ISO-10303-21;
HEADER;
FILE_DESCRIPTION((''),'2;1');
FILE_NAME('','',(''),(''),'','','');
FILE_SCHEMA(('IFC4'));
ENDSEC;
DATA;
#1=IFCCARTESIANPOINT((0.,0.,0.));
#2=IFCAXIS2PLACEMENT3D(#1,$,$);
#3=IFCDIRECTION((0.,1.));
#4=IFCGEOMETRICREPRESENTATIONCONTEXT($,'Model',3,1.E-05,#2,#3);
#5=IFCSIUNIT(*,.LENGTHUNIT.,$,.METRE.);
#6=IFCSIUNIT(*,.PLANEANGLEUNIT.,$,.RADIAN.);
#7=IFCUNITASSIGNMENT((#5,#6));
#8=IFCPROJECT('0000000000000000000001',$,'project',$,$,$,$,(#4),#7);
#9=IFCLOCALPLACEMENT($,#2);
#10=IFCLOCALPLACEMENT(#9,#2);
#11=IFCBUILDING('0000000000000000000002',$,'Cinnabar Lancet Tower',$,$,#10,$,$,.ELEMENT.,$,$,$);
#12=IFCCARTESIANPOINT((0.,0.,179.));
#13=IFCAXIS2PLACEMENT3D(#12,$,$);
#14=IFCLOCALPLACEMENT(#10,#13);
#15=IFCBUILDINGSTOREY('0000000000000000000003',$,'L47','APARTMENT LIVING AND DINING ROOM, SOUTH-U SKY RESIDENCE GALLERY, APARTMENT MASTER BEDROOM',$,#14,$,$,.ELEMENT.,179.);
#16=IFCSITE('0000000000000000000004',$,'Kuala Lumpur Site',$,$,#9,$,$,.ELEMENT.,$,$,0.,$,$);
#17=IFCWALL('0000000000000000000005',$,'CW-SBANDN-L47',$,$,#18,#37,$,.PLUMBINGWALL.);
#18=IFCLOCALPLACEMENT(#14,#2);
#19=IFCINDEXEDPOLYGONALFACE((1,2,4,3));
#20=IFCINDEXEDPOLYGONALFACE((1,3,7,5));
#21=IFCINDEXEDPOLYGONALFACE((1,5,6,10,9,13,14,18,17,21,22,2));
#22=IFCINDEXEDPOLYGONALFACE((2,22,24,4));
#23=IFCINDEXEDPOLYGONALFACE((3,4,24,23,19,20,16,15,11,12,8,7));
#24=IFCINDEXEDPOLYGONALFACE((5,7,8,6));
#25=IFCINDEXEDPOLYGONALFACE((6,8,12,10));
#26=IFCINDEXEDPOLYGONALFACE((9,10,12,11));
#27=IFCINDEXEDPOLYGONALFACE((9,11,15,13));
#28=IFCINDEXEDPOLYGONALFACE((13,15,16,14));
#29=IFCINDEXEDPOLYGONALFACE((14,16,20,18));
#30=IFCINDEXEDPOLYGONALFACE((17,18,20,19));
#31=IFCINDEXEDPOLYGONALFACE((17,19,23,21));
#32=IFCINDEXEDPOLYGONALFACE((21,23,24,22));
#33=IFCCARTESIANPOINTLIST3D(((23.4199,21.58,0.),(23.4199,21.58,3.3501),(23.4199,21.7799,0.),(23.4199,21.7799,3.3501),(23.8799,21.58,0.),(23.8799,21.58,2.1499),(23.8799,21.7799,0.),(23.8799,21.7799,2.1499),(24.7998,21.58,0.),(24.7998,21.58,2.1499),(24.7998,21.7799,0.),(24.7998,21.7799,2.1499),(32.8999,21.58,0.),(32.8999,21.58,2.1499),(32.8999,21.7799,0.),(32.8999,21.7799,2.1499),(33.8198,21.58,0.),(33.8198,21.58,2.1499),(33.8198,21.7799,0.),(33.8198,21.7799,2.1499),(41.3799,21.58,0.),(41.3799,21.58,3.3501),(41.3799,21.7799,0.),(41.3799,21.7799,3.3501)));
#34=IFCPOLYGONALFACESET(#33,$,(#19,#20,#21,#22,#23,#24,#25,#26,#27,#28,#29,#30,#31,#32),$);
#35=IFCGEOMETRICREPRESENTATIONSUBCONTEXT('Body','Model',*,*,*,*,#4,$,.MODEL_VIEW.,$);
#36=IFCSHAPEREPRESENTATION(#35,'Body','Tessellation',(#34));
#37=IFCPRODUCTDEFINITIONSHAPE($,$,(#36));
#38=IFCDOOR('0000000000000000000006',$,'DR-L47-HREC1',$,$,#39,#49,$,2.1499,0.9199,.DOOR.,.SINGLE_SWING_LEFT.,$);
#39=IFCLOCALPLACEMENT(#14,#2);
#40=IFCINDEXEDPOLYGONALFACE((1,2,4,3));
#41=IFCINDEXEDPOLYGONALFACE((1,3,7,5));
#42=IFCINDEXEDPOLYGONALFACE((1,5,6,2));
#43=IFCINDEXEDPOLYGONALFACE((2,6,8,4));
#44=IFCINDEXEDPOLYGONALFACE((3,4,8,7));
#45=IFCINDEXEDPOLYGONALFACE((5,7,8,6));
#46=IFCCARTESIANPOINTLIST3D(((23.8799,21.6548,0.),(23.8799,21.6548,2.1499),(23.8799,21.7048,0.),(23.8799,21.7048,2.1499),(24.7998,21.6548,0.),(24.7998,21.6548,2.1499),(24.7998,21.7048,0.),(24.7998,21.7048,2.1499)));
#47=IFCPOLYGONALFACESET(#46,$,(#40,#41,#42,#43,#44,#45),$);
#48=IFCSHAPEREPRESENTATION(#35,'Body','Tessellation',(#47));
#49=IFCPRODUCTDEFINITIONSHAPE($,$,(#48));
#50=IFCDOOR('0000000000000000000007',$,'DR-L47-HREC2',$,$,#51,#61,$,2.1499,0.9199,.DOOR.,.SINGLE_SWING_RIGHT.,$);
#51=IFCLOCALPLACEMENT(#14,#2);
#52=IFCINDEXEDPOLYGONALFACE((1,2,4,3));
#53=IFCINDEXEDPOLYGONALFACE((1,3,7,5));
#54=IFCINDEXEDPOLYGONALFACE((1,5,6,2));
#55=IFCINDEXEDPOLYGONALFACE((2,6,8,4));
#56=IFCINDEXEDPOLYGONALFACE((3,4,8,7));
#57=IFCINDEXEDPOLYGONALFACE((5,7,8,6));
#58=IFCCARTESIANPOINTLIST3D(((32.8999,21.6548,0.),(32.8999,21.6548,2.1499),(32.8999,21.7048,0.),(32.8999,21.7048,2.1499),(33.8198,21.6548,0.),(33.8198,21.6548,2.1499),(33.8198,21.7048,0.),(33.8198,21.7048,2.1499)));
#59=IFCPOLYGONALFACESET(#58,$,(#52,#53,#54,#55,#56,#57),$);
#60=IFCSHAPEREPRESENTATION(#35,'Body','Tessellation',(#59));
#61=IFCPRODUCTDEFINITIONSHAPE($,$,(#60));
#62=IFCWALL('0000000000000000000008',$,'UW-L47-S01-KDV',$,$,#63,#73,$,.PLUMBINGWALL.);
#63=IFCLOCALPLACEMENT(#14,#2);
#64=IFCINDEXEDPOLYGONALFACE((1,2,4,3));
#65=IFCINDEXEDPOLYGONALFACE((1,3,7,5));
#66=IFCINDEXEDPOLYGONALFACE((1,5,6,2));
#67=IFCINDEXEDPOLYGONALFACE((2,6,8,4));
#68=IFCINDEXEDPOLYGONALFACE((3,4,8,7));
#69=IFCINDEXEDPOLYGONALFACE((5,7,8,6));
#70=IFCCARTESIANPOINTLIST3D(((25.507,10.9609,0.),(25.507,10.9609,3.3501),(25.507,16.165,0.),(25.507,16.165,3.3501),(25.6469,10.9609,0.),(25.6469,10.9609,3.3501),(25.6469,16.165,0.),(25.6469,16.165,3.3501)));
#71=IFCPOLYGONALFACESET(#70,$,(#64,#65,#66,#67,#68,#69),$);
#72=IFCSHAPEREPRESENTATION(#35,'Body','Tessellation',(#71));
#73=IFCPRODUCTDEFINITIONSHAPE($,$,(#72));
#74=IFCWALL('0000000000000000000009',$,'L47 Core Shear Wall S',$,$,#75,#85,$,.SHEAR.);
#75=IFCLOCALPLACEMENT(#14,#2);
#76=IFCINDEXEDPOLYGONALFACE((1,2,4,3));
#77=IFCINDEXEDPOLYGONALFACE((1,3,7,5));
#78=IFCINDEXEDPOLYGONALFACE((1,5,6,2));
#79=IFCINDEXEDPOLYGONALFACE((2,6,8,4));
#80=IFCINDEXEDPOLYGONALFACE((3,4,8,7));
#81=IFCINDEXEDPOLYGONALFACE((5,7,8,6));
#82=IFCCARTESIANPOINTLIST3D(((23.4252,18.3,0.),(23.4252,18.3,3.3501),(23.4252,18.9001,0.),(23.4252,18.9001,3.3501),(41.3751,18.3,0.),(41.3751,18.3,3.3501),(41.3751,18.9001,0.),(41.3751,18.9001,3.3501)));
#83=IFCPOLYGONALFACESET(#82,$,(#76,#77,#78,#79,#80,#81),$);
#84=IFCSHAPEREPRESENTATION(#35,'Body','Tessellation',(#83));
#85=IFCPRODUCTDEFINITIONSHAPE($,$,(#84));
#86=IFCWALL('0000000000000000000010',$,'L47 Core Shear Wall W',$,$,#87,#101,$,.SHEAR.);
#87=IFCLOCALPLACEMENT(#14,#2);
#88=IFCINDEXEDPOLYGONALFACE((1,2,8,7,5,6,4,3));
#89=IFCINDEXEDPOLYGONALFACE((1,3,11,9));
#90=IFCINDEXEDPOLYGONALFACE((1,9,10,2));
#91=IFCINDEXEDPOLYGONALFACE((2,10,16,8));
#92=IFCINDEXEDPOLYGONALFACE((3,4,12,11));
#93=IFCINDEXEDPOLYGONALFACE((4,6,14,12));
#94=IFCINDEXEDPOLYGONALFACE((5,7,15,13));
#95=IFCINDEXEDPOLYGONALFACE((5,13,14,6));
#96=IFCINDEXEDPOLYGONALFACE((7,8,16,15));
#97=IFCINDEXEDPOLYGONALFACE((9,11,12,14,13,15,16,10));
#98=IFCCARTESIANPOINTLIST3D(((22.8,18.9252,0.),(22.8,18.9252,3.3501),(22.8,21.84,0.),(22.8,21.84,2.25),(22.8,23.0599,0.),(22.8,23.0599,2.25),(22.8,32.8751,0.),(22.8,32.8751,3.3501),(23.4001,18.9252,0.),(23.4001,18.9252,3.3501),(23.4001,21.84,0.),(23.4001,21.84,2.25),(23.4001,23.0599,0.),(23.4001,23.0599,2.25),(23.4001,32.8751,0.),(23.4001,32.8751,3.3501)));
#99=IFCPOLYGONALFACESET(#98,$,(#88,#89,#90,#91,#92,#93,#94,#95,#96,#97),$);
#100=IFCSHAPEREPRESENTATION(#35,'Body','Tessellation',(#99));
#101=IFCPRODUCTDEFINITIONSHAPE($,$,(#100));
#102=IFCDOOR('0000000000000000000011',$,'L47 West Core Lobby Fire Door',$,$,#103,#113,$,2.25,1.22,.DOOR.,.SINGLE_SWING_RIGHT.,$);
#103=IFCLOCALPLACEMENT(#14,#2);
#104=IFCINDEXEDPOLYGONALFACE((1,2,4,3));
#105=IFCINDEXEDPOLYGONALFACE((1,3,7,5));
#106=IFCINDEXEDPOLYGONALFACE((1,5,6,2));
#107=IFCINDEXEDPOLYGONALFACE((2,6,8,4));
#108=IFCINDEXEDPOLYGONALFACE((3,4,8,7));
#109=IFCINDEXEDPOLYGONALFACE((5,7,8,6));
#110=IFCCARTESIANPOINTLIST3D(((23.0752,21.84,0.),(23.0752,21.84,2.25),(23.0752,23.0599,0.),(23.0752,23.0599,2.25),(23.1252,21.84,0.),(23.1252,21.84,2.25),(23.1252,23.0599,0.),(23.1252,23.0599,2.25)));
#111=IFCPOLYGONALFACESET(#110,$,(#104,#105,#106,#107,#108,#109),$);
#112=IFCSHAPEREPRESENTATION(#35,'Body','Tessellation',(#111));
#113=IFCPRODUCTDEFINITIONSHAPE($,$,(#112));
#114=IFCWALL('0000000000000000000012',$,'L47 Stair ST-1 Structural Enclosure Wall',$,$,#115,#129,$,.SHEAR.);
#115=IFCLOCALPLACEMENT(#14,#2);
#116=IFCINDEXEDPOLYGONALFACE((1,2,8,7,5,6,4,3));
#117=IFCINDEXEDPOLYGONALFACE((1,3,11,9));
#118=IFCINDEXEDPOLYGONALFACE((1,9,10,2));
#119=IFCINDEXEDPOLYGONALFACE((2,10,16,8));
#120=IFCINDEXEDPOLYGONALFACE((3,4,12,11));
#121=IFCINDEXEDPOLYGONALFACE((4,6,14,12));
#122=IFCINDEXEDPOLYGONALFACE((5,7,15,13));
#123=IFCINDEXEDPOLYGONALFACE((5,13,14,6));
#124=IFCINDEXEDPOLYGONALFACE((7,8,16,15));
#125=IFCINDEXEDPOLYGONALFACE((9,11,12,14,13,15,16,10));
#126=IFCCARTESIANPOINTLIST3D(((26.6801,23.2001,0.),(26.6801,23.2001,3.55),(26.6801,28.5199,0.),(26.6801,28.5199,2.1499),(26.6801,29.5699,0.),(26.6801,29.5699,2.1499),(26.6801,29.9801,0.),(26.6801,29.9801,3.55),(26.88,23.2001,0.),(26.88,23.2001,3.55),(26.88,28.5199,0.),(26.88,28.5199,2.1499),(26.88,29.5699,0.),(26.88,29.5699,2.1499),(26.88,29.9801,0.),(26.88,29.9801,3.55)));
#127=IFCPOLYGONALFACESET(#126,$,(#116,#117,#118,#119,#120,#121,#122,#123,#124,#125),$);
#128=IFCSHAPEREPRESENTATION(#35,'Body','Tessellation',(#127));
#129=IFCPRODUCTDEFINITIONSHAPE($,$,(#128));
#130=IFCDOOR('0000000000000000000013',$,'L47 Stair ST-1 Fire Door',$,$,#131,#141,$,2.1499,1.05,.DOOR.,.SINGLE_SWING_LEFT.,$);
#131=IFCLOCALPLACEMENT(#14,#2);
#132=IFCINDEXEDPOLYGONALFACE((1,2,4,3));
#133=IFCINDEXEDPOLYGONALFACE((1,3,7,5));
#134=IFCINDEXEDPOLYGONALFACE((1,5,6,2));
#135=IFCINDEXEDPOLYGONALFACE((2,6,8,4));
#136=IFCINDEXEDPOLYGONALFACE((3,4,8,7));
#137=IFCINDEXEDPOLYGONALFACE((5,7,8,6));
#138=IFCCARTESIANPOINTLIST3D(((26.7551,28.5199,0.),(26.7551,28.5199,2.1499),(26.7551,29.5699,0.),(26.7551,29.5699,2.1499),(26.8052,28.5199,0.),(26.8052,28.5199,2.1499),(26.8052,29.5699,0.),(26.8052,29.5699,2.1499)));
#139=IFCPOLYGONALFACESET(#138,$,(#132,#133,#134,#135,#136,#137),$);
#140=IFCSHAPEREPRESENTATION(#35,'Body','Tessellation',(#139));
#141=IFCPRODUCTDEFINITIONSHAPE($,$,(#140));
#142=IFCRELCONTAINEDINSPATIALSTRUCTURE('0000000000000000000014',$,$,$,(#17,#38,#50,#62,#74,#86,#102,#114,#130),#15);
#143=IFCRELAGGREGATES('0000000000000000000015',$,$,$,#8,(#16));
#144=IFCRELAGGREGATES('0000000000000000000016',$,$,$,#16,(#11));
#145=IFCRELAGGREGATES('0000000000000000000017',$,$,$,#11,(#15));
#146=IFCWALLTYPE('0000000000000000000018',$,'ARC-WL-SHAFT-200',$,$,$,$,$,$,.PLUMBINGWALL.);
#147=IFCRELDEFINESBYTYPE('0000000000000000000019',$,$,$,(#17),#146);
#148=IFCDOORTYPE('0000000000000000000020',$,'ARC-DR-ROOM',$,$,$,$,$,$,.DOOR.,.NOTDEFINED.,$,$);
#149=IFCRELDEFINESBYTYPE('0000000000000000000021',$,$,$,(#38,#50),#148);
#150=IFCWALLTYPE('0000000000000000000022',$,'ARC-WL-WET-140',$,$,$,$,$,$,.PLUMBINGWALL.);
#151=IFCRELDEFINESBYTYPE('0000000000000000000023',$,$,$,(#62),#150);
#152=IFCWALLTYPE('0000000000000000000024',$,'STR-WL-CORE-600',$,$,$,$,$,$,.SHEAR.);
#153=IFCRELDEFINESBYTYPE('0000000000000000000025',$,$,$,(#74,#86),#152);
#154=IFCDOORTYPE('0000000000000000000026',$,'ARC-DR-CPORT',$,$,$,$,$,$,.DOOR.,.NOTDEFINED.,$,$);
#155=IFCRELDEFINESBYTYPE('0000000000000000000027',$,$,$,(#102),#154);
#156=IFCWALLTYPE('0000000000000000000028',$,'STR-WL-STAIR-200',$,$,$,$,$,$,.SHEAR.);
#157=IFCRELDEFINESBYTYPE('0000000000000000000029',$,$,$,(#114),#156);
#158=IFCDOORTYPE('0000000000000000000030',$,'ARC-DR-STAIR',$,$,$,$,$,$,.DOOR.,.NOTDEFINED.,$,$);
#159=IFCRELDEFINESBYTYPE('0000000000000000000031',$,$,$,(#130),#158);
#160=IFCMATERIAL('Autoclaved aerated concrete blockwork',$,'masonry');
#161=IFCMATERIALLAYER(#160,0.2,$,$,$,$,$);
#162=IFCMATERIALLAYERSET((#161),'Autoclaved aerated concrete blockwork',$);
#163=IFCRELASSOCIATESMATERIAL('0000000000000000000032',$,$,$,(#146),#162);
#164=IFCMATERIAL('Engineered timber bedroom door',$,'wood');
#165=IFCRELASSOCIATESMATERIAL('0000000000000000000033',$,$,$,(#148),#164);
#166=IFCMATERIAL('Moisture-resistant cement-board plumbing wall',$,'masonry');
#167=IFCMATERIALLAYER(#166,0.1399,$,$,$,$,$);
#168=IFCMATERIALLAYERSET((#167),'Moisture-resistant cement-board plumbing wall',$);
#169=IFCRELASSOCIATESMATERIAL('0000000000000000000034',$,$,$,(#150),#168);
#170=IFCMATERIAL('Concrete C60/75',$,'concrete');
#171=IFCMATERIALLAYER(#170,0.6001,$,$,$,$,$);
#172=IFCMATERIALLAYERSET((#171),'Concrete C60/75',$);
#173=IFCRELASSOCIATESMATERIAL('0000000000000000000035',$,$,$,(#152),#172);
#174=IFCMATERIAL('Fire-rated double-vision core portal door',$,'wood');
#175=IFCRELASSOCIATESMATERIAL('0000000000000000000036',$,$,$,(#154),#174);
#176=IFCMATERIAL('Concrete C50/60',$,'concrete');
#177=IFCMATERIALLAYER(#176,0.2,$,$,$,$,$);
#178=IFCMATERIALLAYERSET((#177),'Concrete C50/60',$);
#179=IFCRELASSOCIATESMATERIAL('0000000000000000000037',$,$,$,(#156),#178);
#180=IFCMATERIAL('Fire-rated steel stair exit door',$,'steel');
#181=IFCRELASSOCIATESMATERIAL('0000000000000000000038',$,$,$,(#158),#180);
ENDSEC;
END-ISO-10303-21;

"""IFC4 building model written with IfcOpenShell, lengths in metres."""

from ifc_helpers import new_model, si_unit, direction, frame, frame_2d, origin, place, context, subcontext, project, spatial, rectangle, extrude, material, layer, layer_set, type_object, element, fill, save


model = new_model("IFC4")

# Units and contexts
model_context = context("Model", 3, precision=1e-05, world=origin(), true_north=direction((0.0, 1.0)))
body_context = subcontext(model_context, "Body", "Model", "MODEL_VIEW")
ifc_project = project(units=[si_unit("LENGTHUNIT", "METRE"), si_unit("PLANEANGLEUNIT", "RADIAN")], contexts=[model_context])

# Site, building, storey
site_placement = place(None, origin())
site = spatial("IfcSite", under=ifc_project, at=site_placement, Name="Kuala Lumpur Site", CompositionType="ELEMENT", RefElevation=0.0)
building_placement = place(site_placement, origin())
building = spatial("IfcBuilding", under=site, at=building_placement, Name="Cinnabar Lancet Tower", CompositionType="ELEMENT")
storey_placement = place(building_placement, frame((0.0, 0.0, 179.0)))
storey = spatial("IfcBuildingStorey", under=building, at=storey_placement, Name="L47", Description="APARTMENT LIVING AND DINING ROOM, SOUTH-U SKY RESIDENCE GALLERY, APARTMENT MASTER BEDROOM", CompositionType="ELEMENT", Elevation=179.0)

# Shared definitions
ifc_material_1 = material(Name="Autoclaved aerated concrete blockwork", Category="masonry")
ifc_layer_1 = layer(ifc_material_1, 0.2)
ifc_layer_set_1 = layer_set([ifc_layer_1], Name="Autoclaved aerated concrete blockwork")
wall_type_1 = type_object("IfcWallType", Name="ARC-WL-SHAFT-200", PredefinedType="PLUMBINGWALL", material=ifc_layer_set_1)

# Wall, openings, doors
wall_1_placement = place(storey_placement, frame((23.4199, 21.6799, 0.0), z_axis=(0.0, 0.0, 1.0), x_axis=(1.0, 0.0, 0.0)))
wall_1 = element("IfcWall", 1, at=wall_1_placement, inside=storey, type_object=wall_type_1, Name="CW-SBANDN-L47", PredefinedType="PLUMBINGWALL", context=body_context, shape_type="SweptSolid", body=[
    extrude(rectangle(XDim=17.96, YDim=0.2, at=frame_2d((8.98, 0.0))), origin(), (0.0, 0.0, 1.0), 3.3501),
])
opening_1_placement = place(wall_1_placement, frame((0.46, 0.0, 0.0)))
opening_1 = element("IfcOpeningElement", 2, at=opening_1_placement, cuts=wall_1, PredefinedType="OPENING", context=body_context, shape_type="SweptSolid", body=[
    extrude(rectangle(XDim=0.9199, YDim=2.1499, at=frame_2d((0.46, 1.075))), frame((0.0, 0.1099, 0.0), z_axis=(0.0, -1.0, 0.0), x_axis=(1.0, 0.0, 0.0)), (0.0, 0.0, 1.0), 0.22),
])
opening_2_placement = place(wall_1_placement, frame((9.48, 0.0, 0.0)))
opening_2 = element("IfcOpeningElement", 3, at=opening_2_placement, cuts=wall_1, PredefinedType="OPENING", context=body_context, shape_type="SweptSolid", body=[
    extrude(rectangle(XDim=0.9199, YDim=2.1499, at=frame_2d((0.46, 1.075))), frame((0.0, 0.1099, 0.0), z_axis=(0.0, -1.0, 0.0), x_axis=(1.0, 0.0, 0.0)), (0.0, 0.0, 1.0), 0.22),
])
ifc_material_2 = material(Name="Engineered timber bedroom door", Category="wood")
door_type_1 = type_object("IfcDoorType", Name="ARC-DR-ROOM", OperationType="NOTDEFINED", PredefinedType="DOOR", material=ifc_material_2)
door_1_placement = place(opening_1_placement, origin())
door_1 = element("IfcDoor", 4, at=door_1_placement, inside=storey, type_object=door_type_1, Name="DR-L47-HREC1", OperationType="SINGLE_SWING_LEFT", OverallHeight=2.1499, OverallWidth=0.9199, PredefinedType="DOOR", context=body_context, shape_type="SweptSolid", body=[
    extrude(rectangle(XDim=0.9199, YDim=2.1499, at=frame_2d((0.46, 1.075))), frame((0.0, 0.0249, 0.0), z_axis=(0.0, -1.0, 0.0), x_axis=(1.0, 0.0, 0.0)), (0.0, 0.0, 1.0), 0.05),
])
fill(opening_1, door_1)
door_2_placement = place(opening_2_placement, origin())
door_2 = element("IfcDoor", 5, at=door_2_placement, inside=storey, type_object=door_type_1, Name="DR-L47-HREC2", OperationType="SINGLE_SWING_RIGHT", OverallHeight=2.1499, OverallWidth=0.9199, PredefinedType="DOOR", context=body_context, shape_type="SweptSolid", body=[
    extrude(rectangle(XDim=0.9199, YDim=2.1499, at=frame_2d((0.46, 1.075))), frame((0.0, 0.0249, 0.0), z_axis=(0.0, -1.0, 0.0), x_axis=(1.0, 0.0, 0.0)), (0.0, 0.0, 1.0), 0.05),
])
fill(opening_2, door_2)

# Walls
ifc_material_3 = material(Name="Moisture-resistant cement-board plumbing wall", Category="masonry")
ifc_layer_2 = layer(ifc_material_3, 0.1399)
ifc_layer_set_2 = layer_set([ifc_layer_2], Name="Moisture-resistant cement-board plumbing wall")
wall_type_2 = type_object("IfcWallType", Name="ARC-WL-WET-140", PredefinedType="PLUMBINGWALL", material=ifc_layer_set_2)
wall_2_placement = place(storey_placement, frame((25.5769, 10.9609, 0.0), z_axis=(0.0, 0.0, 1.0), x_axis=(0.0, 1.0, 0.0)))
element("IfcWall", 6, at=wall_2_placement, inside=storey, type_object=wall_type_2, Name="UW-L47-S01-KDV", PredefinedType="PLUMBINGWALL", context=body_context, shape_type="SweptSolid", body=[
    extrude(rectangle(XDim=5.2041, YDim=0.1399, at=frame_2d((2.6021, 0.0))), origin(), (0.0, 0.0, 1.0), 3.3501),
])
ifc_material_4 = material(Name="Concrete C60/75", Category="concrete")
ifc_layer_3 = layer(ifc_material_4, 0.6001)
ifc_layer_set_3 = layer_set([ifc_layer_3], Name="Concrete C60/75")
wall_type_3 = type_object("IfcWallType", Name="STR-WL-CORE-600", PredefinedType="SHEAR", material=ifc_layer_set_3)
wall_3_placement = place(storey_placement, frame((23.425, 18.6001, 0.0), z_axis=(0.0, 0.0, 1.0), x_axis=(1.0, 0.0, 0.0)))
element("IfcWall", 7, at=wall_3_placement, inside=storey, type_object=wall_type_3, Name="L47 Core Shear Wall S", PredefinedType="SHEAR", context=body_context, shape_type="SweptSolid", body=[
    extrude(rectangle(XDim=17.95, YDim=0.6001, at=frame_2d((8.9751, 0.0))), origin(), (0.0, 0.0, 1.0), 3.3501),
])

# Walls, openings, doors
wall_4_placement = place(storey_placement, frame((23.1001, 18.925, 0.0), z_axis=(0.0, 0.0, 1.0), x_axis=(0.0, 1.0, 0.0)))
wall_4 = element("IfcWall", 8, at=wall_4_placement, inside=storey, type_object=wall_type_3, Name="L47 Core Shear Wall W", PredefinedType="SHEAR", context=body_context, shape_type="SweptSolid", body=[
    extrude(rectangle(XDim=13.95, YDim=0.6001, at=frame_2d((6.9751, 0.0))), origin(), (0.0, 0.0, 1.0), 3.3501),
])
opening_3_placement = place(wall_4_placement, frame((2.915, 0.0, 0.0)))
opening_3 = element("IfcOpeningElement", 9, at=opening_3_placement, cuts=wall_4, PredefinedType="OPENING", context=body_context, shape_type="SweptSolid", body=[
    extrude(rectangle(XDim=1.22, YDim=2.25, at=frame_2d((0.6099, 1.125))), frame((0.0, 0.3101, 0.0), z_axis=(0.0, -1.0, 0.0), x_axis=(1.0, 0.0, 0.0)), (0.0, 0.0, 1.0), 0.6201),
])
ifc_material_5 = material(Name="Fire-rated double-vision core portal door", Category="wood")
door_type_2 = type_object("IfcDoorType", Name="ARC-DR-CPORT", OperationType="NOTDEFINED", PredefinedType="DOOR", material=ifc_material_5)
door_3_placement = place(opening_3_placement, origin())
door_3 = element("IfcDoor", 10, at=door_3_placement, inside=storey, type_object=door_type_2, Name="L47 West Core Lobby Fire Door", OperationType="SINGLE_SWING_RIGHT", OverallHeight=2.25, OverallWidth=1.22, PredefinedType="DOOR", context=body_context, shape_type="SweptSolid", body=[
    extrude(rectangle(XDim=1.22, YDim=2.25, at=frame_2d((0.6099, 1.125))), frame((0.0, 0.0249, 0.0), z_axis=(0.0, -1.0, 0.0), x_axis=(1.0, 0.0, 0.0)), (0.0, 0.0, 1.0), 0.05),
])
fill(opening_3, door_3)
ifc_material_6 = material(Name="Concrete C50/60", Category="concrete")
ifc_layer_4 = layer(ifc_material_6, 0.2)
ifc_layer_set_4 = layer_set([ifc_layer_4], Name="Concrete C50/60")
wall_type_4 = type_object("IfcWallType", Name="STR-WL-STAIR-200", PredefinedType="SHEAR", material=ifc_layer_set_4)
wall_5_placement = place(storey_placement, frame((26.78, 23.2, 0.0), z_axis=(0.0, 0.0, 1.0), x_axis=(0.0, 1.0, 0.0)))
wall_5 = element("IfcWall", 11, at=wall_5_placement, inside=storey, type_object=wall_type_4, Name="L47 Stair ST-1 Structural Enclosure Wall", PredefinedType="SHEAR", context=body_context, shape_type="SweptSolid", body=[
    extrude(rectangle(XDim=6.78, YDim=0.2, at=frame_2d((3.3901, 0.0))), origin(), (0.0, 0.0, 1.0), 3.55),
])
opening_4_placement = place(wall_5_placement, frame((5.3201, 0.0, 0.0)))
opening_4 = element("IfcOpeningElement", 12, at=opening_4_placement, cuts=wall_5, PredefinedType="OPENING", context=body_context, shape_type="SweptSolid", body=[
    extrude(rectangle(XDim=1.05, YDim=2.1499, at=frame_2d((0.5249, 1.075))), frame((0.0, 0.1099, 0.0), z_axis=(0.0, -1.0, 0.0), x_axis=(1.0, 0.0, 0.0)), (0.0, 0.0, 1.0), 0.22),
])
ifc_material_7 = material(Name="Fire-rated steel stair exit door", Category="steel")
door_type_3 = type_object("IfcDoorType", Name="ARC-DR-STAIR", OperationType="NOTDEFINED", PredefinedType="DOOR", material=ifc_material_7)
door_4_placement = place(opening_4_placement, origin())
door_4 = element("IfcDoor", 13, at=door_4_placement, inside=storey, type_object=door_type_3, Name="L47 Stair ST-1 Fire Door", OperationType="SINGLE_SWING_LEFT", OverallHeight=2.1499, OverallWidth=1.05, PredefinedType="DOOR", context=body_context, shape_type="SweptSolid", body=[
    extrude(rectangle(XDim=1.05, YDim=2.1499, at=frame_2d((0.5249, 1.075))), frame((0.0, 0.0249, 0.0), z_axis=(0.0, -1.0, 0.0), x_axis=(1.0, 0.0, 0.0)), (0.0, 0.0, 1.0), 0.05),
])
fill(opening_4, door_4)

save(model, "model.ifc")
